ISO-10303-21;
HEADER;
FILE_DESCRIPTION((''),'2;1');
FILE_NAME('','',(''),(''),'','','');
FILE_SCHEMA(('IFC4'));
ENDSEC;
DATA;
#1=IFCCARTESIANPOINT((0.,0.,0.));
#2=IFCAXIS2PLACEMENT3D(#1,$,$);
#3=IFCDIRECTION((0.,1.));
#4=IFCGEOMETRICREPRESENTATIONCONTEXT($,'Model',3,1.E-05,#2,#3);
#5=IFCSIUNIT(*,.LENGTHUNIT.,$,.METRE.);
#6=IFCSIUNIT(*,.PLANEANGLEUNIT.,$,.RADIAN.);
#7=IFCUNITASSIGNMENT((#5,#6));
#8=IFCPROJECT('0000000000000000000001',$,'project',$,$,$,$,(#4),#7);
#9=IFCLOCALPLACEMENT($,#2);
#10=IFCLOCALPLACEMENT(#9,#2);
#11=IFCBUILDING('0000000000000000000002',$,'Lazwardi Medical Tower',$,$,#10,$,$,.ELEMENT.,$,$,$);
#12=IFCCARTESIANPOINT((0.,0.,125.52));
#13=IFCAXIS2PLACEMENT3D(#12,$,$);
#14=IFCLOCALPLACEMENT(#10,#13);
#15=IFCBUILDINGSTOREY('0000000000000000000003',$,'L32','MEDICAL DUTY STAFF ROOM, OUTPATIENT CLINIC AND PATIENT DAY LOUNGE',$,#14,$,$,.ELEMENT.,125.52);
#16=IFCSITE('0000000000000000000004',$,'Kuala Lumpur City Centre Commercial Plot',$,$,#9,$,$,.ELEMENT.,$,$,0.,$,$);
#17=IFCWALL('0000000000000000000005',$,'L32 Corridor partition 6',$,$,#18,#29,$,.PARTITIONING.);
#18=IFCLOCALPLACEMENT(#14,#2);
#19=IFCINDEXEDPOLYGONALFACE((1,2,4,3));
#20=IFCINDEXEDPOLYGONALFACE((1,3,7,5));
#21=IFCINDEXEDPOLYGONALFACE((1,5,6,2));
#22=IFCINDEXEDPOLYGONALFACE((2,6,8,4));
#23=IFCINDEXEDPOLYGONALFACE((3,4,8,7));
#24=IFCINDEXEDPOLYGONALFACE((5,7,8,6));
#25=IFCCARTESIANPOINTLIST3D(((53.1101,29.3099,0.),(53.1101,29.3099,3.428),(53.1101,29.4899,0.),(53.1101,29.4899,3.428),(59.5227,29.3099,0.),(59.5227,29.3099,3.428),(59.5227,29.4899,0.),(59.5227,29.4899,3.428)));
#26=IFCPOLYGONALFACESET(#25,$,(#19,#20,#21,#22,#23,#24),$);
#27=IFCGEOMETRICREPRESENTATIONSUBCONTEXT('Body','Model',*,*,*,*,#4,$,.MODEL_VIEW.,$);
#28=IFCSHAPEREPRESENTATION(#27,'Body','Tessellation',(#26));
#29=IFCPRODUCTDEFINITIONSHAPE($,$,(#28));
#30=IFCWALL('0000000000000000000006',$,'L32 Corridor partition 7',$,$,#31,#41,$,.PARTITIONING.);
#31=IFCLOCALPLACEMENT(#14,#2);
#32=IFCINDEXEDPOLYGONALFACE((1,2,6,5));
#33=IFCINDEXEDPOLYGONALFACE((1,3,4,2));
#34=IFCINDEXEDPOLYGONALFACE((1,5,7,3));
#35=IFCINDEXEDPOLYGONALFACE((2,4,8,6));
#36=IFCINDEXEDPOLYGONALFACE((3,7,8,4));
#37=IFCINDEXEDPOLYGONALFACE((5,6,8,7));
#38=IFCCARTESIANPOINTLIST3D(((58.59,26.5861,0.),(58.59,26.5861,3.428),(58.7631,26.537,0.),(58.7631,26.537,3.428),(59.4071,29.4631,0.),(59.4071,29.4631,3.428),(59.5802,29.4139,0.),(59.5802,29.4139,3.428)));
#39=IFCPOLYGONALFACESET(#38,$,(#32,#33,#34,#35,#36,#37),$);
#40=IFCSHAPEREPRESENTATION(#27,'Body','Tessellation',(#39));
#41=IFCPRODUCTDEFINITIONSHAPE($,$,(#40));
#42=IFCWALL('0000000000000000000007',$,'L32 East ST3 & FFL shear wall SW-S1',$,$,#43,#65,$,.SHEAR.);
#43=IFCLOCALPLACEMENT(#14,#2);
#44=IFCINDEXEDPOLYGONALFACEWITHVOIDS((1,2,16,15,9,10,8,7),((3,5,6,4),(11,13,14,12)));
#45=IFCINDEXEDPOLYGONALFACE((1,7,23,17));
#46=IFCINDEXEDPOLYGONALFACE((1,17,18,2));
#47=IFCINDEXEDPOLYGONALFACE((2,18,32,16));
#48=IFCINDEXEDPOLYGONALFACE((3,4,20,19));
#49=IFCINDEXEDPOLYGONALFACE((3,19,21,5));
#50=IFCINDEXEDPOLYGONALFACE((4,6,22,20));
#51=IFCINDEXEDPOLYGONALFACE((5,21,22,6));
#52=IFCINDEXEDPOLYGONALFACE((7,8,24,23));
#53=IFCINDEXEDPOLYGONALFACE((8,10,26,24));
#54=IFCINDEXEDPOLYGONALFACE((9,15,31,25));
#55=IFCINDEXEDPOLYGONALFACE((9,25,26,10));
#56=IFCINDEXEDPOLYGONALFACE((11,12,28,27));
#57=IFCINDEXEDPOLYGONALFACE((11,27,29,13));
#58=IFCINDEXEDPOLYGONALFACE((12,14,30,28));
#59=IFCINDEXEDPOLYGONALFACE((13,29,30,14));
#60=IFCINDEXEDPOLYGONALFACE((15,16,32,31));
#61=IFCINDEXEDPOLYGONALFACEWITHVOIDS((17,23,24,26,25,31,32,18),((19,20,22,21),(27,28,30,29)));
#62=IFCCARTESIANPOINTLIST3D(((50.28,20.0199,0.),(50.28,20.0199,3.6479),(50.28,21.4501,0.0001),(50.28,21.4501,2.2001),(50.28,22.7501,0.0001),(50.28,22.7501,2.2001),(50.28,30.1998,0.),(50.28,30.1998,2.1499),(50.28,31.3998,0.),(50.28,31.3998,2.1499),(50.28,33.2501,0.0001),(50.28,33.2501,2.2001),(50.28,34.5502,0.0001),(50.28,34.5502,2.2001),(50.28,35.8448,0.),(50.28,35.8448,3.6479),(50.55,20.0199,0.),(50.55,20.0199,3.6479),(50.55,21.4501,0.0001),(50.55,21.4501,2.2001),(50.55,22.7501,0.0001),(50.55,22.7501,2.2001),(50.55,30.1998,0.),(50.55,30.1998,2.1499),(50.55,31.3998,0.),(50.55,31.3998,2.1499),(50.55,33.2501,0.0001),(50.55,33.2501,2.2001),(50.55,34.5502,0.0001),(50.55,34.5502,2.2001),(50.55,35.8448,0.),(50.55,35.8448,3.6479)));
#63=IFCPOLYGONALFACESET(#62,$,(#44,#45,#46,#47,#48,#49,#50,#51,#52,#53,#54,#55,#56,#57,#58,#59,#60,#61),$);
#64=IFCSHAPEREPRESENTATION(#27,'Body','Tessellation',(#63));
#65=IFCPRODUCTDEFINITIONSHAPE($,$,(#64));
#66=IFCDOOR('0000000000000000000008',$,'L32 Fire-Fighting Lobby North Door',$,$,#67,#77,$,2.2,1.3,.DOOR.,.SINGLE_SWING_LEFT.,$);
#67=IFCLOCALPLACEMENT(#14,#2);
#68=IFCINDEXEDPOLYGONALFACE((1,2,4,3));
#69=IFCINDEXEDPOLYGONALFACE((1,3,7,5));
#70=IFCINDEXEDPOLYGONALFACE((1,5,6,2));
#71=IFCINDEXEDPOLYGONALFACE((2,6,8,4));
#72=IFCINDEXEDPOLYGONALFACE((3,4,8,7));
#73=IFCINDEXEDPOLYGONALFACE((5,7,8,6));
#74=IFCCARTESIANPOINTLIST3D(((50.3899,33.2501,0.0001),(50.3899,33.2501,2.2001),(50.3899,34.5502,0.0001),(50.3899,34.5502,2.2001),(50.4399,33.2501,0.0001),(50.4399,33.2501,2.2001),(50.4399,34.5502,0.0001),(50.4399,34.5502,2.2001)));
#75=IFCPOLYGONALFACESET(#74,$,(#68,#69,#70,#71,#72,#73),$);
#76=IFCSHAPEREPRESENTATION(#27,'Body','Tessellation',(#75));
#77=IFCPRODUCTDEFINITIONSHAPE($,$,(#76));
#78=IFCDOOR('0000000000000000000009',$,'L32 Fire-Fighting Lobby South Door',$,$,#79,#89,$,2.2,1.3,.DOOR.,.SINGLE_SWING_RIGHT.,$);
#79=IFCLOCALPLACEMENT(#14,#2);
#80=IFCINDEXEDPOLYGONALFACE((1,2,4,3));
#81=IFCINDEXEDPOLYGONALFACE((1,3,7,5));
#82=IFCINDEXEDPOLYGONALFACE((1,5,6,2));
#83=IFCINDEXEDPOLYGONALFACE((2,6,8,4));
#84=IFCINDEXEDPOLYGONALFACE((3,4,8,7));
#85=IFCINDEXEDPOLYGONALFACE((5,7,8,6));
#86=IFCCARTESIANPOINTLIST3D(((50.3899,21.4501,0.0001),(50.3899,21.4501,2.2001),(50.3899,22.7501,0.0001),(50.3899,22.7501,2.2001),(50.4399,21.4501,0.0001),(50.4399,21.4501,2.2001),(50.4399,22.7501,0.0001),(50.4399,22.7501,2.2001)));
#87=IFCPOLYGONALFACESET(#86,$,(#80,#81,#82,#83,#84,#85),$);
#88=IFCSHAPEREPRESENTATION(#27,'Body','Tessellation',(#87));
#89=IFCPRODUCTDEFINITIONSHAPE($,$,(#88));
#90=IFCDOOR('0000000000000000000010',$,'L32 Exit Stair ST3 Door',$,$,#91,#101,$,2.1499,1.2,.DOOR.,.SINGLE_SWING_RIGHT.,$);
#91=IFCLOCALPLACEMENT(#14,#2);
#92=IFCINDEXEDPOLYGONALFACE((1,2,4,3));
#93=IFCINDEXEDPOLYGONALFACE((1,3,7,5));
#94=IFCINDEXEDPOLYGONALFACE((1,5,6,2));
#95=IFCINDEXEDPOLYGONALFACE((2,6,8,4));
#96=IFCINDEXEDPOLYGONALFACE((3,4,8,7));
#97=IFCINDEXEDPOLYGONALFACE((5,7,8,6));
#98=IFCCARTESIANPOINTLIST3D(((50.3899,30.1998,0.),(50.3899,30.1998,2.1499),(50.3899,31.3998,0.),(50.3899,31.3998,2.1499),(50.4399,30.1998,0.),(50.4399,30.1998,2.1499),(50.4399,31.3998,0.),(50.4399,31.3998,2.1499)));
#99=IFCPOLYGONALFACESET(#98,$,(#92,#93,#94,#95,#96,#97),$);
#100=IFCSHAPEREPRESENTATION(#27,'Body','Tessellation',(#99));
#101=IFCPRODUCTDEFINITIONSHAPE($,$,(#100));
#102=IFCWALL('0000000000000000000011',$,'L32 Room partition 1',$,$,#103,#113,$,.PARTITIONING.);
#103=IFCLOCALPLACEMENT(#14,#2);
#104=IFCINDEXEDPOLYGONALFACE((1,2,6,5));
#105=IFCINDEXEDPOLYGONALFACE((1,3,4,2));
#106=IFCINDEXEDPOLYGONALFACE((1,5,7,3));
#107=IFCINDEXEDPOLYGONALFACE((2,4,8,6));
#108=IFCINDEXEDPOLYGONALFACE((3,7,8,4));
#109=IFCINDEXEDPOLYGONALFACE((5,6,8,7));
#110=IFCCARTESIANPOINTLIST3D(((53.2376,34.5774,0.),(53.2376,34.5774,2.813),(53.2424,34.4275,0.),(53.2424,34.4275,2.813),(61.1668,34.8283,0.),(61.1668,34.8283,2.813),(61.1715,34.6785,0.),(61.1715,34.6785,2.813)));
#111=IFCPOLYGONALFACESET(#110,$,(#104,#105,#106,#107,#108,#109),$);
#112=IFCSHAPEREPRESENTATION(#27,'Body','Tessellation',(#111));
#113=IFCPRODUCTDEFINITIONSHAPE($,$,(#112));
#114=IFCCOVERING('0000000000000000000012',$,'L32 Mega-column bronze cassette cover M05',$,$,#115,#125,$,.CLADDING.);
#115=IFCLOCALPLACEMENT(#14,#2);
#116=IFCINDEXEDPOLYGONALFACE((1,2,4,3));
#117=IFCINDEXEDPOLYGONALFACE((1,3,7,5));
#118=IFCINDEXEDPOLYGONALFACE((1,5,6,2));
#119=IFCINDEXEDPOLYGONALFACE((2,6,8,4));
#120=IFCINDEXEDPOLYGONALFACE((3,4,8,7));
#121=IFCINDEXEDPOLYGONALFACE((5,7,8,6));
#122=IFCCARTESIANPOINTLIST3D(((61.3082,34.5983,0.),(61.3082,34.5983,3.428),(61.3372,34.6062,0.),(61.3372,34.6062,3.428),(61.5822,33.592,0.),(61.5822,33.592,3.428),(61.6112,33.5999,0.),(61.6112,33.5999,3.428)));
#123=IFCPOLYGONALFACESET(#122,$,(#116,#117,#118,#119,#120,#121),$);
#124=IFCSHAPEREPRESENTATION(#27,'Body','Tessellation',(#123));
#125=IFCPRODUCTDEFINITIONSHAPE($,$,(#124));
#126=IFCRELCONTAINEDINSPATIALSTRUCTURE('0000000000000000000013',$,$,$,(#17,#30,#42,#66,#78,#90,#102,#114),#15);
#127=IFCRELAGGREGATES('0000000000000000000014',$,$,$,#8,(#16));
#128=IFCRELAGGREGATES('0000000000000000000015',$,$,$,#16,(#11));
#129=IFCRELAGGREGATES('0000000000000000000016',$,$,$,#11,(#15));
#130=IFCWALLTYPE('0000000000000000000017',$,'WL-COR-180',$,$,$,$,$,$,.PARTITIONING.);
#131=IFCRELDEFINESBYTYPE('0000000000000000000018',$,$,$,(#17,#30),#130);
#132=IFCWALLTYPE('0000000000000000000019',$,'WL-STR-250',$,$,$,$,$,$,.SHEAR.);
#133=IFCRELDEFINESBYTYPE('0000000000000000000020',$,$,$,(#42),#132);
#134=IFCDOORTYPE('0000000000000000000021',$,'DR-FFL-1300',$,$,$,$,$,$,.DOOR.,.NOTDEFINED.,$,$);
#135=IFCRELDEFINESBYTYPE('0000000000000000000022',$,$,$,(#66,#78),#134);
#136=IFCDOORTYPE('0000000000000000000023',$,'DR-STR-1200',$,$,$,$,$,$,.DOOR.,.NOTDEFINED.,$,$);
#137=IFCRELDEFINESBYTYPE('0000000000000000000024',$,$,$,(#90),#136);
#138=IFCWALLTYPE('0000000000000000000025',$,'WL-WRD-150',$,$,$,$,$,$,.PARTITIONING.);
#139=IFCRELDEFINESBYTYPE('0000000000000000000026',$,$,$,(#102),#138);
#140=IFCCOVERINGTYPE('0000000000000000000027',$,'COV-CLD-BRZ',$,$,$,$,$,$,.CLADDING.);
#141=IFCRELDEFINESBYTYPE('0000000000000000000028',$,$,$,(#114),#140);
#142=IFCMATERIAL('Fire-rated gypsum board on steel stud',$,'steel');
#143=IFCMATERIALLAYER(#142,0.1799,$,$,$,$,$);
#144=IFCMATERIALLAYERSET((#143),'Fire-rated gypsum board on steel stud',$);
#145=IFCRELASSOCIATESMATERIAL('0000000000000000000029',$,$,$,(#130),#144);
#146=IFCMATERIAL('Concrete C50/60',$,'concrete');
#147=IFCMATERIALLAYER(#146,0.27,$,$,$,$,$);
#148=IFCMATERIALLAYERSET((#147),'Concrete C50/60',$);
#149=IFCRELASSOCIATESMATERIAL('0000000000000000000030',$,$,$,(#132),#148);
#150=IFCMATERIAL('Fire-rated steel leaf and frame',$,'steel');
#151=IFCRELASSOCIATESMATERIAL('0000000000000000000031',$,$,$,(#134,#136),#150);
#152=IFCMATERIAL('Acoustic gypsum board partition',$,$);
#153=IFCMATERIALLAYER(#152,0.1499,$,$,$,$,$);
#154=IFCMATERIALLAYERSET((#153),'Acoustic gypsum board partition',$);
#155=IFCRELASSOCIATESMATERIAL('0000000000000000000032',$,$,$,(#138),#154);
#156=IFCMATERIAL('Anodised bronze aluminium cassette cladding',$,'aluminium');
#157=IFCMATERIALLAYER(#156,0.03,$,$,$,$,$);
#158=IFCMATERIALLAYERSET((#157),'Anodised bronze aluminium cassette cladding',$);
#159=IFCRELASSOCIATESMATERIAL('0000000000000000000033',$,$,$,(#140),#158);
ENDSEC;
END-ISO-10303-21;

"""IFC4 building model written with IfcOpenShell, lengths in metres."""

from ifc_helpers import new_model, si_unit, direction, frame, frame_2d, origin, origin_2d, place, context, subcontext, project, spatial, rectangle, extrude, material, layer, layer_set, type_object, element, fill, save


model = new_model("IFC4")

# Units and contexts
model_context = context("Model", 3, precision=1e-05, world=origin(), true_north=direction((0.0, 1.0)))
body_context = subcontext(model_context, "Body", "Model", "MODEL_VIEW")
ifc_project = project(units=[si_unit("LENGTHUNIT", "METRE"), si_unit("PLANEANGLEUNIT", "RADIAN")], contexts=[model_context])

# Site, building, storey
site_placement = place(None, origin())
site = spatial("IfcSite", under=ifc_project, at=site_placement, Name="Kuala Lumpur City Centre Commercial Plot", CompositionType="ELEMENT", RefElevation=0.0)
building_placement = place(site_placement, origin())
building = spatial("IfcBuilding", under=site, at=building_placement, Name="Lazwardi Medical Tower", CompositionType="ELEMENT")
storey_placement = place(building_placement, frame((0.0, 0.0, 125.52)))
storey = spatial("IfcBuildingStorey", under=building, at=storey_placement, Name="L32", Description="MEDICAL DUTY STAFF ROOM, OUTPATIENT CLINIC AND PATIENT DAY LOUNGE", CompositionType="ELEMENT", Elevation=125.52)

# Walls
ifc_material_1 = material(Name="Fire-rated gypsum board on steel stud", Category="steel")
ifc_layer_1 = layer(ifc_material_1, 0.1799)
ifc_layer_set_1 = layer_set([ifc_layer_1], Name="Fire-rated gypsum board on steel stud")
wall_type_1 = type_object("IfcWallType", Name="WL-COR-180", PredefinedType="PARTITIONING", material=ifc_layer_set_1)
wall_1_placement = place(storey_placement, frame((53.1101, 29.3999, 0.0), z_axis=(0.0, 0.0, 1.0), x_axis=(1.0, 0.0, 0.0)))
element("IfcWall", 1, at=wall_1_placement, inside=storey, type_object=wall_type_1, Name="L32 Corridor partition 6", PredefinedType="PARTITIONING", context=body_context, shape_type="SweptSolid", body=[
    extrude(rectangle(XDim=6.4126, YDim=0.1799, at=frame_2d((3.2063, 0.0))), origin(), (0.0, 0.0, 1.0), 3.428),
])
wall_2_placement = place(storey_placement, frame((59.4937, 29.4385, 0.0), z_axis=(0.0, 0.0, 1.0), x_axis=(-0.273222, -0.961951, 0.0)))
element("IfcWall", 2, at=wall_2_placement, inside=storey, type_object=wall_type_1, Name="L32 Corridor partition 7", PredefinedType="PARTITIONING", context=body_context, shape_type="SweptSolid", body=[
    extrude(rectangle(XDim=2.9907, YDim=0.1799, at=frame_2d((1.4954, 0.0))), origin(), (0.0, 0.0, 1.0), 3.428),
])

# Wall, openings, doors
ifc_material_2 = material(Name="Concrete C50/60", Category="concrete")
ifc_layer_2 = layer(ifc_material_2, 0.27)
ifc_layer_set_2 = layer_set([ifc_layer_2], Name="Concrete C50/60")
wall_type_2 = type_object("IfcWallType", Name="WL-STR-250", PredefinedType="SHEAR", material=ifc_layer_set_2)
wall_3_placement = place(storey_placement, frame((50.415, 35.845, 0.0), z_axis=(0.0, 0.0, 1.0), x_axis=(0.0, -1.0, 0.0)))
wall_3 = element("IfcWall", 3, at=wall_3_placement, inside=storey, type_object=wall_type_2, Name="L32 East ST3 & FFL shear wall SW-S1", PredefinedType="SHEAR", context=body_context, shape_type="SweptSolid", body=[
    extrude(rectangle(XDim=15.825, YDim=0.27, at=frame_2d((7.9126, 0.0))), origin(), (0.0, 0.0, 1.0), 3.6479),
])
opening_1_placement = place(wall_3_placement, frame((4.4451, 0.0, 0.0)))
opening_1 = element("IfcOpeningElement", 4, at=opening_1_placement, cuts=wall_3, PredefinedType="OPENING", context=body_context, shape_type="SweptSolid", body=[
    extrude(rectangle(XDim=1.2, YDim=2.1499, at=frame_2d((0.6001, 1.075))), frame((0.0, 0.145, 0.0), z_axis=(0.0, -1.0, 0.0), x_axis=(1.0, 0.0, 0.0)), (0.0, 0.0, 1.0), 0.29),
])
opening_2_placement = place(wall_3_placement, frame((1.2949, 0.0, 0.0)))
opening_2 = element("IfcOpeningElement", 5, at=opening_2_placement, cuts=wall_3, PredefinedType="OPENING", context=body_context, shape_type="SweptSolid", body=[
    extrude(rectangle(XDim=1.3, YDim=2.2, at=frame_2d((0.6499, 1.1001))), frame((0.0, 0.145, 0.0), z_axis=(0.0, -1.0, 0.0), x_axis=(1.0, 0.0, 0.0)), (0.0, 0.0, 1.0), 0.29),
])
opening_3_placement = place(wall_3_placement, frame((13.095, 0.0, 0.0)))
opening_3 = element("IfcOpeningElement", 6, at=opening_3_placement, cuts=wall_3, PredefinedType="OPENING", context=body_context, shape_type="SweptSolid", body=[
    extrude(rectangle(XDim=1.3, YDim=2.2, at=frame_2d((0.6499, 1.1001))), frame((0.0, 0.145, 0.0), z_axis=(0.0, -1.0, 0.0), x_axis=(1.0, 0.0, 0.0)), (0.0, 0.0, 1.0), 0.29),
])
ifc_material_3 = material(Name="Fire-rated steel leaf and frame", Category="steel")
door_type_1 = type_object("IfcDoorType", Name="DR-FFL-1300", OperationType="NOTDEFINED", PredefinedType="DOOR", material=ifc_material_3)
door_1_placement = place(opening_2_placement, origin())
door_1 = element("IfcDoor", 7, at=door_1_placement, inside=storey, type_object=door_type_1, Name="L32 Fire-Fighting Lobby North Door", OperationType="SINGLE_SWING_LEFT", OverallHeight=2.2, OverallWidth=1.3, PredefinedType="DOOR", context=body_context, shape_type="SweptSolid", body=[
    extrude(rectangle(XDim=1.3, YDim=2.2, at=frame_2d((0.6499, 1.1001))), frame((0.0, 0.0249, 0.0), z_axis=(0.0, -1.0, 0.0), x_axis=(1.0, 0.0, 0.0)), (0.0, 0.0, 1.0), 0.05),
])
fill(opening_2, door_1)
door_2_placement = place(opening_3_placement, origin())
door_2 = element("IfcDoor", 8, at=door_2_placement, inside=storey, type_object=door_type_1, Name="L32 Fire-Fighting Lobby South Door", OperationType="SINGLE_SWING_RIGHT", OverallHeight=2.2, OverallWidth=1.3, PredefinedType="DOOR", context=body_context, shape_type="SweptSolid", body=[
    extrude(rectangle(XDim=1.3, YDim=2.2, at=frame_2d((0.6499, 1.1001))), frame((0.0, 0.0249, 0.0), z_axis=(0.0, -1.0, 0.0), x_axis=(1.0, 0.0, 0.0)), (0.0, 0.0, 1.0), 0.05),
])
fill(opening_3, door_2)
door_type_2 = type_object("IfcDoorType", Name="DR-STR-1200", OperationType="NOTDEFINED", PredefinedType="DOOR", material=ifc_material_3)
door_3_placement = place(opening_1_placement, origin())
door_3 = element("IfcDoor", 9, at=door_3_placement, inside=storey, type_object=door_type_2, Name="L32 Exit Stair ST3 Door", OperationType="SINGLE_SWING_RIGHT", OverallHeight=2.1499, OverallWidth=1.2, PredefinedType="DOOR", context=body_context, shape_type="SweptSolid", body=[
    extrude(rectangle(XDim=1.2, YDim=2.1499, at=frame_2d((0.6001, 1.075))), frame((0.0, 0.0249, 0.0), z_axis=(0.0, -1.0, 0.0), x_axis=(1.0, 0.0, 0.0)), (0.0, 0.0, 1.0), 0.05),
])
fill(opening_1, door_3)

# Wall
ifc_material_4 = material(Name="Acoustic gypsum board partition")
ifc_layer_3 = layer(ifc_material_4, 0.1499)
ifc_layer_set_3 = layer_set([ifc_layer_3], Name="Acoustic gypsum board partition")
wall_type_3 = type_object("IfcWallType", Name="WL-WRD-150", PredefinedType="PARTITIONING", material=ifc_layer_set_3)
wall_4_placement = place(storey_placement, frame((53.24, 34.5024, 0.0), z_axis=(0.0, 0.0, 1.0), x_axis=(0.999499, 0.031636, 0.0)))
element("IfcWall", 10, at=wall_4_placement, inside=storey, type_object=wall_type_3, Name="L32 Room partition 1", PredefinedType="PARTITIONING", context=body_context, shape_type="SweptSolid", body=[
    extrude(rectangle(XDim=7.9331, YDim=0.1499, at=frame_2d((3.9666, 0.0))), origin(), (0.0, 0.0, 1.0), 2.813),
])

# Covering
ifc_material_5 = material(Name="Anodised bronze aluminium cassette cladding", Category="aluminium")
ifc_layer_4 = layer(ifc_material_5, 0.03)
ifc_layer_set_4 = layer_set([ifc_layer_4], Name="Anodised bronze aluminium cassette cladding")
covering_type = type_object("IfcCoveringType", Name="COV-CLD-BRZ", PredefinedType="CLADDING", material=ifc_layer_set_4)
covering_placement = place(storey_placement, frame((61.4597, 34.0991, 0.0), z_axis=(0.0, 0.0, 1.0), x_axis=(-0.262696, 0.964879, 0.0)))
element("IfcCovering", 11, at=covering_placement, inside=storey, type_object=covering_type, Name="L32 Mega-column bronze cassette cover M05", PredefinedType="CLADDING", context=body_context, shape_type="SweptSolid", body=[
    extrude(rectangle(XDim=1.043, YDim=0.03, at=origin_2d()), origin(), (0.0, 0.0, 1.0), 3.428),
])

save(model, "model.ifc")
